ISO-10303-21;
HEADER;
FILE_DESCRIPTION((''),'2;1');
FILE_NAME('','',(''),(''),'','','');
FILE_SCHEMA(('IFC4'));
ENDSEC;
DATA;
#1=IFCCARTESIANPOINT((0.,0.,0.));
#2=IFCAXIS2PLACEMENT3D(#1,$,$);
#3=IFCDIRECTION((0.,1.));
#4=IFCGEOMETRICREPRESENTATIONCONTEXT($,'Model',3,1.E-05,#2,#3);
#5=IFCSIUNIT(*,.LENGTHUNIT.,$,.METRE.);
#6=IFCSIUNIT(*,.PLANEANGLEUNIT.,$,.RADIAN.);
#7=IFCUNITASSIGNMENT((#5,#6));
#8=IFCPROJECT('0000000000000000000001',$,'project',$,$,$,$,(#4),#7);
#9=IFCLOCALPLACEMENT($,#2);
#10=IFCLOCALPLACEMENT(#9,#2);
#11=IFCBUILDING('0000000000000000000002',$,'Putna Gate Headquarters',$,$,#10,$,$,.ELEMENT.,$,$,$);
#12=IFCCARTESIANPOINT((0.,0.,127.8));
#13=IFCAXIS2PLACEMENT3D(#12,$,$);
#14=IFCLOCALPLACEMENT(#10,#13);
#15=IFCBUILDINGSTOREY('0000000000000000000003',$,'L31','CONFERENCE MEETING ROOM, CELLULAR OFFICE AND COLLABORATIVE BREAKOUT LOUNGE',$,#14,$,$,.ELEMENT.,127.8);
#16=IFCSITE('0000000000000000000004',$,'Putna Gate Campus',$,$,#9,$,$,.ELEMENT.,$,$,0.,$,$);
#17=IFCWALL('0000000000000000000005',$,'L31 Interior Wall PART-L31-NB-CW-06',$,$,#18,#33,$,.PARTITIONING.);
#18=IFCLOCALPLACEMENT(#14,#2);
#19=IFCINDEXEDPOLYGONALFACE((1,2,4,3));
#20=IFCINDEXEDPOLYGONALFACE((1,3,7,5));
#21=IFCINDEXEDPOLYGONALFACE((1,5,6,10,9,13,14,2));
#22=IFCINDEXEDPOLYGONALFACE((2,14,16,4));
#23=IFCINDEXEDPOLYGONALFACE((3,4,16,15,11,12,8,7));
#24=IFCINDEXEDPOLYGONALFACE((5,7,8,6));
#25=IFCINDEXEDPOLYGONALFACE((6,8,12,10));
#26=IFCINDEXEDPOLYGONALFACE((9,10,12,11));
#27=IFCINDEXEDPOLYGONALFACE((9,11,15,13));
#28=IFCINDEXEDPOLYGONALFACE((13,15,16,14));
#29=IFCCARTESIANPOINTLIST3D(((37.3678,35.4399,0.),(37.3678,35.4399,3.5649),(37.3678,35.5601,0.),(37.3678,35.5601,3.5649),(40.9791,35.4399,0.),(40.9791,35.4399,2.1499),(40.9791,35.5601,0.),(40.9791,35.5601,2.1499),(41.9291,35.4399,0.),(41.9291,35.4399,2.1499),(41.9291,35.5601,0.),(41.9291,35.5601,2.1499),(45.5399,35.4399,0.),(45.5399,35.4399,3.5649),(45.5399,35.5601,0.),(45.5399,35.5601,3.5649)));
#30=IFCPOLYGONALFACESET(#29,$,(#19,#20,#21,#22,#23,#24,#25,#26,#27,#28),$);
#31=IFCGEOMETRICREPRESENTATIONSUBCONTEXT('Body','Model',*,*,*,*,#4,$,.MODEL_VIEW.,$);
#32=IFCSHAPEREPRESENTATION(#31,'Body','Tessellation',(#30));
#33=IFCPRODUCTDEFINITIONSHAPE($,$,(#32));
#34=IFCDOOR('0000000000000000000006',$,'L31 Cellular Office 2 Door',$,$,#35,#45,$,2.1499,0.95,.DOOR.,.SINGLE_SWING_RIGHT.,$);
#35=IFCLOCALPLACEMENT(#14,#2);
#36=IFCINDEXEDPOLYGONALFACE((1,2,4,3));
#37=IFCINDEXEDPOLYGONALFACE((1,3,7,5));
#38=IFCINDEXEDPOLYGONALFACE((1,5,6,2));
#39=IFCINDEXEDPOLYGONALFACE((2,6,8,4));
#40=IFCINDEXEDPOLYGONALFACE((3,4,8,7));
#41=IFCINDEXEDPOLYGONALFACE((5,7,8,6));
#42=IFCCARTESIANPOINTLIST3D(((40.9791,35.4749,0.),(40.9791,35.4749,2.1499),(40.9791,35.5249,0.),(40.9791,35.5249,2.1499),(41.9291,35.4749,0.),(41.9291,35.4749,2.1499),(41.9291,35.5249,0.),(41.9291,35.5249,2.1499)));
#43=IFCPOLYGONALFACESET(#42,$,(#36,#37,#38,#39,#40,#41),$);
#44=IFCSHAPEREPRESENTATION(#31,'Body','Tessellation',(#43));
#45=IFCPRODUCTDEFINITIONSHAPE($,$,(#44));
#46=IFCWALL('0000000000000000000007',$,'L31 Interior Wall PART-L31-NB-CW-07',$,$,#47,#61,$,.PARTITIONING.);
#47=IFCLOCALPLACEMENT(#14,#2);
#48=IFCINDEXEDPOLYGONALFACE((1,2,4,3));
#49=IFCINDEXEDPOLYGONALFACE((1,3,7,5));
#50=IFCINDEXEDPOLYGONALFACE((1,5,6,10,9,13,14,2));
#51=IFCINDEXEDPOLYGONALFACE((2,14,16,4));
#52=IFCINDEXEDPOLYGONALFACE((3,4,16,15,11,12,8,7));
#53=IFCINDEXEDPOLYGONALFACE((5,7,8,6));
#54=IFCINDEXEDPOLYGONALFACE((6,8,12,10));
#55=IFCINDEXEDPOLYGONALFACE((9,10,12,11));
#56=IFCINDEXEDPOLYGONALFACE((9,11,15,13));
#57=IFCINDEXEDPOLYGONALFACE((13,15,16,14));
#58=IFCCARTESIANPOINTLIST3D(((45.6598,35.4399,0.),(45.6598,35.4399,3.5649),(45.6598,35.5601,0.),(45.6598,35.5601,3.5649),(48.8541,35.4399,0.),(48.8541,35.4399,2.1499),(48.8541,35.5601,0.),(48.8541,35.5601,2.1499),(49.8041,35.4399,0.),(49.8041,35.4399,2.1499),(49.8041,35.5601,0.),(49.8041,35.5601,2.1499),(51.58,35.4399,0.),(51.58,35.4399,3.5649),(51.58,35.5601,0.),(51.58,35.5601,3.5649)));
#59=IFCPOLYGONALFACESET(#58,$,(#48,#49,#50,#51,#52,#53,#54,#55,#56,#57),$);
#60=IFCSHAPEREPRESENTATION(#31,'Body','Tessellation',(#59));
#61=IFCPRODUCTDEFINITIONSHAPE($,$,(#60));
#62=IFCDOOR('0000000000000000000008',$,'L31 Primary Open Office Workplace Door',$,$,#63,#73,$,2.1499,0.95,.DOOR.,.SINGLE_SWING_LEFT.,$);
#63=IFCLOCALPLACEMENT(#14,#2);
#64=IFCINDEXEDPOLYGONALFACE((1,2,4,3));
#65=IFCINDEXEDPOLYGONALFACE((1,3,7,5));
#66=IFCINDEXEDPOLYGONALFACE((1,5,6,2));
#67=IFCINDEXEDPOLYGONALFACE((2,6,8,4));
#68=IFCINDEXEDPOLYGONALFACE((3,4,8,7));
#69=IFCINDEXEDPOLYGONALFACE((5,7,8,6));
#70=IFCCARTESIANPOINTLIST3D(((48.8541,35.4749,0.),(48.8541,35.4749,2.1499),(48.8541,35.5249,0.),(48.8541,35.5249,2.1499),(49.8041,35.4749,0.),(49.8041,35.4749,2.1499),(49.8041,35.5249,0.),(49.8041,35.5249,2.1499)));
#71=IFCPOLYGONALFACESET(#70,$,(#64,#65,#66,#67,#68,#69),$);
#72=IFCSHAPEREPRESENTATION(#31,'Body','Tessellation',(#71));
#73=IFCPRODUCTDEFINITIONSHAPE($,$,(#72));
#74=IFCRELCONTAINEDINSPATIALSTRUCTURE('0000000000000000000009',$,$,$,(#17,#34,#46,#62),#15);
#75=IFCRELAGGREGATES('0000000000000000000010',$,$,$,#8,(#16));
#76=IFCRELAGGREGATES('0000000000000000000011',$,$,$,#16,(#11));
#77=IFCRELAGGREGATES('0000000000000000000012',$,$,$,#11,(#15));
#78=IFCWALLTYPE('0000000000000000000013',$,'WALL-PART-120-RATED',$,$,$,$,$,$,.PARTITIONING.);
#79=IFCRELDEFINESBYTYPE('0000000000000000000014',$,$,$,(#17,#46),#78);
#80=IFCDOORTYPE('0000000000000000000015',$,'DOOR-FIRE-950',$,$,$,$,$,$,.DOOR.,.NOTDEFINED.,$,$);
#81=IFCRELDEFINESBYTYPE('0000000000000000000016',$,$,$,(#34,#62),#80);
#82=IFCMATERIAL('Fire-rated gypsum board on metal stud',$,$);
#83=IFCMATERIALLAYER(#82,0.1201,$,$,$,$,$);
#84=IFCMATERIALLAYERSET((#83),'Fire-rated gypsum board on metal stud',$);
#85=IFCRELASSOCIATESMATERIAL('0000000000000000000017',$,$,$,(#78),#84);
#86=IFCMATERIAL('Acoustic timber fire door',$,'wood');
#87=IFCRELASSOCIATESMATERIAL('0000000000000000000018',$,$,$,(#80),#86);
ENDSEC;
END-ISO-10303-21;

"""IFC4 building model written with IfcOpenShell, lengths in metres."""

from ifc_helpers import new_model, si_unit, direction, frame, frame_2d, origin, place, context, subcontext, project, spatial, rectangle, extrude, material, layer, layer_set, type_object, element, fill, save


model = new_model("IFC4")

# Units and contexts
model_context = context("Model", 3, precision=1e-05, world=origin(), true_north=direction((0.0, 1.0)))
body_context = subcontext(model_context, "Body", "Model", "MODEL_VIEW")
ifc_project = project(units=[si_unit("LENGTHUNIT", "METRE"), si_unit("PLANEANGLEUNIT", "RADIAN")], contexts=[model_context])

# Site, building, storey
site_placement = place(None, origin())
site = spatial("IfcSite", under=ifc_project, at=site_placement, Name="Putna Gate Campus", CompositionType="ELEMENT", RefElevation=0.0)
building_placement = place(site_placement, origin())
building = spatial("IfcBuilding", under=site, at=building_placement, Name="Putna Gate Headquarters", CompositionType="ELEMENT")
storey_placement = place(building_placement, frame((0.0, 0.0, 127.8)))
storey = spatial("IfcBuildingStorey", under=building, at=storey_placement, Name="L31", Description="CONFERENCE MEETING ROOM, CELLULAR OFFICE AND COLLABORATIVE BREAKOUT LOUNGE", CompositionType="ELEMENT", Elevation=127.8)

# Walls, openings, doors
ifc_material_1 = material(Name="Fire-rated gypsum board on metal stud")
ifc_layer_1 = layer(ifc_material_1, 0.1201)
ifc_layer_set_1 = layer_set([ifc_layer_1], Name="Fire-rated gypsum board on metal stud")
wall_type_1 = type_object("IfcWallType", Name="WALL-PART-120-RATED", PredefinedType="PARTITIONING", material=ifc_layer_set_1)
wall_1_placement = place(storey_placement, frame((37.3679, 35.5, 0.0), z_axis=(0.0, 0.0, 1.0), x_axis=(1.0, 0.0, 0.0)))
wall_1 = element("IfcWall", 1, at=wall_1_placement, inside=storey, type_object=wall_type_1, Name="L31 Interior Wall PART-L31-NB-CW-06", PredefinedType="PARTITIONING", context=body_context, shape_type="SweptSolid", body=[
    extrude(rectangle(XDim=8.1721, YDim=0.1201, at=frame_2d((4.0859, 0.0))), origin(), (0.0, 0.0, 1.0), 3.5649),
])
opening_1_placement = place(wall_1_placement, frame((3.6111, 0.0, 0.0)))
opening_1 = element("IfcOpeningElement", 2, at=opening_1_placement, cuts=wall_1, PredefinedType="OPENING", context=body_context, shape_type="SweptSolid", body=[
    extrude(rectangle(XDim=0.95, YDim=2.1499, at=frame_2d((0.4751, 1.075))), frame((0.0, 0.0701, 0.0), z_axis=(0.0, -1.0, 0.0), x_axis=(1.0, 0.0, 0.0)), (0.0, 0.0, 1.0), 0.1401),
])
ifc_material_2 = material(Name="Acoustic timber fire door", Category="wood")
door_type = type_object("IfcDoorType", Name="DOOR-FIRE-950", OperationType="NOTDEFINED", PredefinedType="DOOR", material=ifc_material_2)
door_1_placement = place(opening_1_placement, origin())
door_1 = element("IfcDoor", 3, at=door_1_placement, inside=storey, type_object=door_type, Name="L31 Cellular Office 2 Door", OperationType="SINGLE_SWING_RIGHT", OverallHeight=2.1499, OverallWidth=0.95, PredefinedType="DOOR", context=body_context, shape_type="SweptSolid", body=[
    extrude(rectangle(XDim=0.95, YDim=2.1499, at=frame_2d((0.4751, 1.075))), frame((0.0, 0.0249, 0.0), z_axis=(0.0, -1.0, 0.0), x_axis=(1.0, 0.0, 0.0)), (0.0, 0.0, 1.0), 0.05),
])
fill(opening_1, door_1)
wall_2_placement = place(storey_placement, frame((45.6599, 35.5, 0.0), z_axis=(0.0, 0.0, 1.0), x_axis=(1.0, 0.0, 0.0)))
wall_2 = element("IfcWall", 4, at=wall_2_placement, inside=storey, type_object=wall_type_1, Name="L31 Interior Wall PART-L31-NB-CW-07", PredefinedType="PARTITIONING", context=body_context, shape_type="SweptSolid", body=[
    extrude(rectangle(XDim=5.9202, YDim=0.1201, at=frame_2d((2.96, 0.0))), origin(), (0.0, 0.0, 1.0), 3.5649),
])
opening_2_placement = place(wall_2_placement, frame((3.1941, 0.0, 0.0)))
opening_2 = element("IfcOpeningElement", 5, at=opening_2_placement, cuts=wall_2, PredefinedType="OPENING", context=body_context, shape_type="SweptSolid", body=[
    extrude(rectangle(XDim=0.95, YDim=2.1499, at=frame_2d((0.4751, 1.075))), frame((0.0, 0.0701, 0.0), z_axis=(0.0, -1.0, 0.0), x_axis=(1.0, 0.0, 0.0)), (0.0, 0.0, 1.0), 0.1401),
])
door_2_placement = place(opening_2_placement, origin())
door_2 = element("IfcDoor", 6, at=door_2_placement, inside=storey, type_object=door_type, Name="L31 Primary Open Office Workplace Door", OperationType="SINGLE_SWING_LEFT", OverallHeight=2.1499, OverallWidth=0.95, PredefinedType="DOOR", context=body_context, shape_type="SweptSolid", body=[
    extrude(rectangle(XDim=0.95, YDim=2.1499, at=frame_2d((0.4751, 1.075))), frame((0.0, 0.0249, 0.0), z_axis=(0.0, -1.0, 0.0), x_axis=(1.0, 0.0, 0.0)), (0.0, 0.0, 1.0), 0.05),
])
fill(opening_2, door_2)

save(model, "model.ifc")
